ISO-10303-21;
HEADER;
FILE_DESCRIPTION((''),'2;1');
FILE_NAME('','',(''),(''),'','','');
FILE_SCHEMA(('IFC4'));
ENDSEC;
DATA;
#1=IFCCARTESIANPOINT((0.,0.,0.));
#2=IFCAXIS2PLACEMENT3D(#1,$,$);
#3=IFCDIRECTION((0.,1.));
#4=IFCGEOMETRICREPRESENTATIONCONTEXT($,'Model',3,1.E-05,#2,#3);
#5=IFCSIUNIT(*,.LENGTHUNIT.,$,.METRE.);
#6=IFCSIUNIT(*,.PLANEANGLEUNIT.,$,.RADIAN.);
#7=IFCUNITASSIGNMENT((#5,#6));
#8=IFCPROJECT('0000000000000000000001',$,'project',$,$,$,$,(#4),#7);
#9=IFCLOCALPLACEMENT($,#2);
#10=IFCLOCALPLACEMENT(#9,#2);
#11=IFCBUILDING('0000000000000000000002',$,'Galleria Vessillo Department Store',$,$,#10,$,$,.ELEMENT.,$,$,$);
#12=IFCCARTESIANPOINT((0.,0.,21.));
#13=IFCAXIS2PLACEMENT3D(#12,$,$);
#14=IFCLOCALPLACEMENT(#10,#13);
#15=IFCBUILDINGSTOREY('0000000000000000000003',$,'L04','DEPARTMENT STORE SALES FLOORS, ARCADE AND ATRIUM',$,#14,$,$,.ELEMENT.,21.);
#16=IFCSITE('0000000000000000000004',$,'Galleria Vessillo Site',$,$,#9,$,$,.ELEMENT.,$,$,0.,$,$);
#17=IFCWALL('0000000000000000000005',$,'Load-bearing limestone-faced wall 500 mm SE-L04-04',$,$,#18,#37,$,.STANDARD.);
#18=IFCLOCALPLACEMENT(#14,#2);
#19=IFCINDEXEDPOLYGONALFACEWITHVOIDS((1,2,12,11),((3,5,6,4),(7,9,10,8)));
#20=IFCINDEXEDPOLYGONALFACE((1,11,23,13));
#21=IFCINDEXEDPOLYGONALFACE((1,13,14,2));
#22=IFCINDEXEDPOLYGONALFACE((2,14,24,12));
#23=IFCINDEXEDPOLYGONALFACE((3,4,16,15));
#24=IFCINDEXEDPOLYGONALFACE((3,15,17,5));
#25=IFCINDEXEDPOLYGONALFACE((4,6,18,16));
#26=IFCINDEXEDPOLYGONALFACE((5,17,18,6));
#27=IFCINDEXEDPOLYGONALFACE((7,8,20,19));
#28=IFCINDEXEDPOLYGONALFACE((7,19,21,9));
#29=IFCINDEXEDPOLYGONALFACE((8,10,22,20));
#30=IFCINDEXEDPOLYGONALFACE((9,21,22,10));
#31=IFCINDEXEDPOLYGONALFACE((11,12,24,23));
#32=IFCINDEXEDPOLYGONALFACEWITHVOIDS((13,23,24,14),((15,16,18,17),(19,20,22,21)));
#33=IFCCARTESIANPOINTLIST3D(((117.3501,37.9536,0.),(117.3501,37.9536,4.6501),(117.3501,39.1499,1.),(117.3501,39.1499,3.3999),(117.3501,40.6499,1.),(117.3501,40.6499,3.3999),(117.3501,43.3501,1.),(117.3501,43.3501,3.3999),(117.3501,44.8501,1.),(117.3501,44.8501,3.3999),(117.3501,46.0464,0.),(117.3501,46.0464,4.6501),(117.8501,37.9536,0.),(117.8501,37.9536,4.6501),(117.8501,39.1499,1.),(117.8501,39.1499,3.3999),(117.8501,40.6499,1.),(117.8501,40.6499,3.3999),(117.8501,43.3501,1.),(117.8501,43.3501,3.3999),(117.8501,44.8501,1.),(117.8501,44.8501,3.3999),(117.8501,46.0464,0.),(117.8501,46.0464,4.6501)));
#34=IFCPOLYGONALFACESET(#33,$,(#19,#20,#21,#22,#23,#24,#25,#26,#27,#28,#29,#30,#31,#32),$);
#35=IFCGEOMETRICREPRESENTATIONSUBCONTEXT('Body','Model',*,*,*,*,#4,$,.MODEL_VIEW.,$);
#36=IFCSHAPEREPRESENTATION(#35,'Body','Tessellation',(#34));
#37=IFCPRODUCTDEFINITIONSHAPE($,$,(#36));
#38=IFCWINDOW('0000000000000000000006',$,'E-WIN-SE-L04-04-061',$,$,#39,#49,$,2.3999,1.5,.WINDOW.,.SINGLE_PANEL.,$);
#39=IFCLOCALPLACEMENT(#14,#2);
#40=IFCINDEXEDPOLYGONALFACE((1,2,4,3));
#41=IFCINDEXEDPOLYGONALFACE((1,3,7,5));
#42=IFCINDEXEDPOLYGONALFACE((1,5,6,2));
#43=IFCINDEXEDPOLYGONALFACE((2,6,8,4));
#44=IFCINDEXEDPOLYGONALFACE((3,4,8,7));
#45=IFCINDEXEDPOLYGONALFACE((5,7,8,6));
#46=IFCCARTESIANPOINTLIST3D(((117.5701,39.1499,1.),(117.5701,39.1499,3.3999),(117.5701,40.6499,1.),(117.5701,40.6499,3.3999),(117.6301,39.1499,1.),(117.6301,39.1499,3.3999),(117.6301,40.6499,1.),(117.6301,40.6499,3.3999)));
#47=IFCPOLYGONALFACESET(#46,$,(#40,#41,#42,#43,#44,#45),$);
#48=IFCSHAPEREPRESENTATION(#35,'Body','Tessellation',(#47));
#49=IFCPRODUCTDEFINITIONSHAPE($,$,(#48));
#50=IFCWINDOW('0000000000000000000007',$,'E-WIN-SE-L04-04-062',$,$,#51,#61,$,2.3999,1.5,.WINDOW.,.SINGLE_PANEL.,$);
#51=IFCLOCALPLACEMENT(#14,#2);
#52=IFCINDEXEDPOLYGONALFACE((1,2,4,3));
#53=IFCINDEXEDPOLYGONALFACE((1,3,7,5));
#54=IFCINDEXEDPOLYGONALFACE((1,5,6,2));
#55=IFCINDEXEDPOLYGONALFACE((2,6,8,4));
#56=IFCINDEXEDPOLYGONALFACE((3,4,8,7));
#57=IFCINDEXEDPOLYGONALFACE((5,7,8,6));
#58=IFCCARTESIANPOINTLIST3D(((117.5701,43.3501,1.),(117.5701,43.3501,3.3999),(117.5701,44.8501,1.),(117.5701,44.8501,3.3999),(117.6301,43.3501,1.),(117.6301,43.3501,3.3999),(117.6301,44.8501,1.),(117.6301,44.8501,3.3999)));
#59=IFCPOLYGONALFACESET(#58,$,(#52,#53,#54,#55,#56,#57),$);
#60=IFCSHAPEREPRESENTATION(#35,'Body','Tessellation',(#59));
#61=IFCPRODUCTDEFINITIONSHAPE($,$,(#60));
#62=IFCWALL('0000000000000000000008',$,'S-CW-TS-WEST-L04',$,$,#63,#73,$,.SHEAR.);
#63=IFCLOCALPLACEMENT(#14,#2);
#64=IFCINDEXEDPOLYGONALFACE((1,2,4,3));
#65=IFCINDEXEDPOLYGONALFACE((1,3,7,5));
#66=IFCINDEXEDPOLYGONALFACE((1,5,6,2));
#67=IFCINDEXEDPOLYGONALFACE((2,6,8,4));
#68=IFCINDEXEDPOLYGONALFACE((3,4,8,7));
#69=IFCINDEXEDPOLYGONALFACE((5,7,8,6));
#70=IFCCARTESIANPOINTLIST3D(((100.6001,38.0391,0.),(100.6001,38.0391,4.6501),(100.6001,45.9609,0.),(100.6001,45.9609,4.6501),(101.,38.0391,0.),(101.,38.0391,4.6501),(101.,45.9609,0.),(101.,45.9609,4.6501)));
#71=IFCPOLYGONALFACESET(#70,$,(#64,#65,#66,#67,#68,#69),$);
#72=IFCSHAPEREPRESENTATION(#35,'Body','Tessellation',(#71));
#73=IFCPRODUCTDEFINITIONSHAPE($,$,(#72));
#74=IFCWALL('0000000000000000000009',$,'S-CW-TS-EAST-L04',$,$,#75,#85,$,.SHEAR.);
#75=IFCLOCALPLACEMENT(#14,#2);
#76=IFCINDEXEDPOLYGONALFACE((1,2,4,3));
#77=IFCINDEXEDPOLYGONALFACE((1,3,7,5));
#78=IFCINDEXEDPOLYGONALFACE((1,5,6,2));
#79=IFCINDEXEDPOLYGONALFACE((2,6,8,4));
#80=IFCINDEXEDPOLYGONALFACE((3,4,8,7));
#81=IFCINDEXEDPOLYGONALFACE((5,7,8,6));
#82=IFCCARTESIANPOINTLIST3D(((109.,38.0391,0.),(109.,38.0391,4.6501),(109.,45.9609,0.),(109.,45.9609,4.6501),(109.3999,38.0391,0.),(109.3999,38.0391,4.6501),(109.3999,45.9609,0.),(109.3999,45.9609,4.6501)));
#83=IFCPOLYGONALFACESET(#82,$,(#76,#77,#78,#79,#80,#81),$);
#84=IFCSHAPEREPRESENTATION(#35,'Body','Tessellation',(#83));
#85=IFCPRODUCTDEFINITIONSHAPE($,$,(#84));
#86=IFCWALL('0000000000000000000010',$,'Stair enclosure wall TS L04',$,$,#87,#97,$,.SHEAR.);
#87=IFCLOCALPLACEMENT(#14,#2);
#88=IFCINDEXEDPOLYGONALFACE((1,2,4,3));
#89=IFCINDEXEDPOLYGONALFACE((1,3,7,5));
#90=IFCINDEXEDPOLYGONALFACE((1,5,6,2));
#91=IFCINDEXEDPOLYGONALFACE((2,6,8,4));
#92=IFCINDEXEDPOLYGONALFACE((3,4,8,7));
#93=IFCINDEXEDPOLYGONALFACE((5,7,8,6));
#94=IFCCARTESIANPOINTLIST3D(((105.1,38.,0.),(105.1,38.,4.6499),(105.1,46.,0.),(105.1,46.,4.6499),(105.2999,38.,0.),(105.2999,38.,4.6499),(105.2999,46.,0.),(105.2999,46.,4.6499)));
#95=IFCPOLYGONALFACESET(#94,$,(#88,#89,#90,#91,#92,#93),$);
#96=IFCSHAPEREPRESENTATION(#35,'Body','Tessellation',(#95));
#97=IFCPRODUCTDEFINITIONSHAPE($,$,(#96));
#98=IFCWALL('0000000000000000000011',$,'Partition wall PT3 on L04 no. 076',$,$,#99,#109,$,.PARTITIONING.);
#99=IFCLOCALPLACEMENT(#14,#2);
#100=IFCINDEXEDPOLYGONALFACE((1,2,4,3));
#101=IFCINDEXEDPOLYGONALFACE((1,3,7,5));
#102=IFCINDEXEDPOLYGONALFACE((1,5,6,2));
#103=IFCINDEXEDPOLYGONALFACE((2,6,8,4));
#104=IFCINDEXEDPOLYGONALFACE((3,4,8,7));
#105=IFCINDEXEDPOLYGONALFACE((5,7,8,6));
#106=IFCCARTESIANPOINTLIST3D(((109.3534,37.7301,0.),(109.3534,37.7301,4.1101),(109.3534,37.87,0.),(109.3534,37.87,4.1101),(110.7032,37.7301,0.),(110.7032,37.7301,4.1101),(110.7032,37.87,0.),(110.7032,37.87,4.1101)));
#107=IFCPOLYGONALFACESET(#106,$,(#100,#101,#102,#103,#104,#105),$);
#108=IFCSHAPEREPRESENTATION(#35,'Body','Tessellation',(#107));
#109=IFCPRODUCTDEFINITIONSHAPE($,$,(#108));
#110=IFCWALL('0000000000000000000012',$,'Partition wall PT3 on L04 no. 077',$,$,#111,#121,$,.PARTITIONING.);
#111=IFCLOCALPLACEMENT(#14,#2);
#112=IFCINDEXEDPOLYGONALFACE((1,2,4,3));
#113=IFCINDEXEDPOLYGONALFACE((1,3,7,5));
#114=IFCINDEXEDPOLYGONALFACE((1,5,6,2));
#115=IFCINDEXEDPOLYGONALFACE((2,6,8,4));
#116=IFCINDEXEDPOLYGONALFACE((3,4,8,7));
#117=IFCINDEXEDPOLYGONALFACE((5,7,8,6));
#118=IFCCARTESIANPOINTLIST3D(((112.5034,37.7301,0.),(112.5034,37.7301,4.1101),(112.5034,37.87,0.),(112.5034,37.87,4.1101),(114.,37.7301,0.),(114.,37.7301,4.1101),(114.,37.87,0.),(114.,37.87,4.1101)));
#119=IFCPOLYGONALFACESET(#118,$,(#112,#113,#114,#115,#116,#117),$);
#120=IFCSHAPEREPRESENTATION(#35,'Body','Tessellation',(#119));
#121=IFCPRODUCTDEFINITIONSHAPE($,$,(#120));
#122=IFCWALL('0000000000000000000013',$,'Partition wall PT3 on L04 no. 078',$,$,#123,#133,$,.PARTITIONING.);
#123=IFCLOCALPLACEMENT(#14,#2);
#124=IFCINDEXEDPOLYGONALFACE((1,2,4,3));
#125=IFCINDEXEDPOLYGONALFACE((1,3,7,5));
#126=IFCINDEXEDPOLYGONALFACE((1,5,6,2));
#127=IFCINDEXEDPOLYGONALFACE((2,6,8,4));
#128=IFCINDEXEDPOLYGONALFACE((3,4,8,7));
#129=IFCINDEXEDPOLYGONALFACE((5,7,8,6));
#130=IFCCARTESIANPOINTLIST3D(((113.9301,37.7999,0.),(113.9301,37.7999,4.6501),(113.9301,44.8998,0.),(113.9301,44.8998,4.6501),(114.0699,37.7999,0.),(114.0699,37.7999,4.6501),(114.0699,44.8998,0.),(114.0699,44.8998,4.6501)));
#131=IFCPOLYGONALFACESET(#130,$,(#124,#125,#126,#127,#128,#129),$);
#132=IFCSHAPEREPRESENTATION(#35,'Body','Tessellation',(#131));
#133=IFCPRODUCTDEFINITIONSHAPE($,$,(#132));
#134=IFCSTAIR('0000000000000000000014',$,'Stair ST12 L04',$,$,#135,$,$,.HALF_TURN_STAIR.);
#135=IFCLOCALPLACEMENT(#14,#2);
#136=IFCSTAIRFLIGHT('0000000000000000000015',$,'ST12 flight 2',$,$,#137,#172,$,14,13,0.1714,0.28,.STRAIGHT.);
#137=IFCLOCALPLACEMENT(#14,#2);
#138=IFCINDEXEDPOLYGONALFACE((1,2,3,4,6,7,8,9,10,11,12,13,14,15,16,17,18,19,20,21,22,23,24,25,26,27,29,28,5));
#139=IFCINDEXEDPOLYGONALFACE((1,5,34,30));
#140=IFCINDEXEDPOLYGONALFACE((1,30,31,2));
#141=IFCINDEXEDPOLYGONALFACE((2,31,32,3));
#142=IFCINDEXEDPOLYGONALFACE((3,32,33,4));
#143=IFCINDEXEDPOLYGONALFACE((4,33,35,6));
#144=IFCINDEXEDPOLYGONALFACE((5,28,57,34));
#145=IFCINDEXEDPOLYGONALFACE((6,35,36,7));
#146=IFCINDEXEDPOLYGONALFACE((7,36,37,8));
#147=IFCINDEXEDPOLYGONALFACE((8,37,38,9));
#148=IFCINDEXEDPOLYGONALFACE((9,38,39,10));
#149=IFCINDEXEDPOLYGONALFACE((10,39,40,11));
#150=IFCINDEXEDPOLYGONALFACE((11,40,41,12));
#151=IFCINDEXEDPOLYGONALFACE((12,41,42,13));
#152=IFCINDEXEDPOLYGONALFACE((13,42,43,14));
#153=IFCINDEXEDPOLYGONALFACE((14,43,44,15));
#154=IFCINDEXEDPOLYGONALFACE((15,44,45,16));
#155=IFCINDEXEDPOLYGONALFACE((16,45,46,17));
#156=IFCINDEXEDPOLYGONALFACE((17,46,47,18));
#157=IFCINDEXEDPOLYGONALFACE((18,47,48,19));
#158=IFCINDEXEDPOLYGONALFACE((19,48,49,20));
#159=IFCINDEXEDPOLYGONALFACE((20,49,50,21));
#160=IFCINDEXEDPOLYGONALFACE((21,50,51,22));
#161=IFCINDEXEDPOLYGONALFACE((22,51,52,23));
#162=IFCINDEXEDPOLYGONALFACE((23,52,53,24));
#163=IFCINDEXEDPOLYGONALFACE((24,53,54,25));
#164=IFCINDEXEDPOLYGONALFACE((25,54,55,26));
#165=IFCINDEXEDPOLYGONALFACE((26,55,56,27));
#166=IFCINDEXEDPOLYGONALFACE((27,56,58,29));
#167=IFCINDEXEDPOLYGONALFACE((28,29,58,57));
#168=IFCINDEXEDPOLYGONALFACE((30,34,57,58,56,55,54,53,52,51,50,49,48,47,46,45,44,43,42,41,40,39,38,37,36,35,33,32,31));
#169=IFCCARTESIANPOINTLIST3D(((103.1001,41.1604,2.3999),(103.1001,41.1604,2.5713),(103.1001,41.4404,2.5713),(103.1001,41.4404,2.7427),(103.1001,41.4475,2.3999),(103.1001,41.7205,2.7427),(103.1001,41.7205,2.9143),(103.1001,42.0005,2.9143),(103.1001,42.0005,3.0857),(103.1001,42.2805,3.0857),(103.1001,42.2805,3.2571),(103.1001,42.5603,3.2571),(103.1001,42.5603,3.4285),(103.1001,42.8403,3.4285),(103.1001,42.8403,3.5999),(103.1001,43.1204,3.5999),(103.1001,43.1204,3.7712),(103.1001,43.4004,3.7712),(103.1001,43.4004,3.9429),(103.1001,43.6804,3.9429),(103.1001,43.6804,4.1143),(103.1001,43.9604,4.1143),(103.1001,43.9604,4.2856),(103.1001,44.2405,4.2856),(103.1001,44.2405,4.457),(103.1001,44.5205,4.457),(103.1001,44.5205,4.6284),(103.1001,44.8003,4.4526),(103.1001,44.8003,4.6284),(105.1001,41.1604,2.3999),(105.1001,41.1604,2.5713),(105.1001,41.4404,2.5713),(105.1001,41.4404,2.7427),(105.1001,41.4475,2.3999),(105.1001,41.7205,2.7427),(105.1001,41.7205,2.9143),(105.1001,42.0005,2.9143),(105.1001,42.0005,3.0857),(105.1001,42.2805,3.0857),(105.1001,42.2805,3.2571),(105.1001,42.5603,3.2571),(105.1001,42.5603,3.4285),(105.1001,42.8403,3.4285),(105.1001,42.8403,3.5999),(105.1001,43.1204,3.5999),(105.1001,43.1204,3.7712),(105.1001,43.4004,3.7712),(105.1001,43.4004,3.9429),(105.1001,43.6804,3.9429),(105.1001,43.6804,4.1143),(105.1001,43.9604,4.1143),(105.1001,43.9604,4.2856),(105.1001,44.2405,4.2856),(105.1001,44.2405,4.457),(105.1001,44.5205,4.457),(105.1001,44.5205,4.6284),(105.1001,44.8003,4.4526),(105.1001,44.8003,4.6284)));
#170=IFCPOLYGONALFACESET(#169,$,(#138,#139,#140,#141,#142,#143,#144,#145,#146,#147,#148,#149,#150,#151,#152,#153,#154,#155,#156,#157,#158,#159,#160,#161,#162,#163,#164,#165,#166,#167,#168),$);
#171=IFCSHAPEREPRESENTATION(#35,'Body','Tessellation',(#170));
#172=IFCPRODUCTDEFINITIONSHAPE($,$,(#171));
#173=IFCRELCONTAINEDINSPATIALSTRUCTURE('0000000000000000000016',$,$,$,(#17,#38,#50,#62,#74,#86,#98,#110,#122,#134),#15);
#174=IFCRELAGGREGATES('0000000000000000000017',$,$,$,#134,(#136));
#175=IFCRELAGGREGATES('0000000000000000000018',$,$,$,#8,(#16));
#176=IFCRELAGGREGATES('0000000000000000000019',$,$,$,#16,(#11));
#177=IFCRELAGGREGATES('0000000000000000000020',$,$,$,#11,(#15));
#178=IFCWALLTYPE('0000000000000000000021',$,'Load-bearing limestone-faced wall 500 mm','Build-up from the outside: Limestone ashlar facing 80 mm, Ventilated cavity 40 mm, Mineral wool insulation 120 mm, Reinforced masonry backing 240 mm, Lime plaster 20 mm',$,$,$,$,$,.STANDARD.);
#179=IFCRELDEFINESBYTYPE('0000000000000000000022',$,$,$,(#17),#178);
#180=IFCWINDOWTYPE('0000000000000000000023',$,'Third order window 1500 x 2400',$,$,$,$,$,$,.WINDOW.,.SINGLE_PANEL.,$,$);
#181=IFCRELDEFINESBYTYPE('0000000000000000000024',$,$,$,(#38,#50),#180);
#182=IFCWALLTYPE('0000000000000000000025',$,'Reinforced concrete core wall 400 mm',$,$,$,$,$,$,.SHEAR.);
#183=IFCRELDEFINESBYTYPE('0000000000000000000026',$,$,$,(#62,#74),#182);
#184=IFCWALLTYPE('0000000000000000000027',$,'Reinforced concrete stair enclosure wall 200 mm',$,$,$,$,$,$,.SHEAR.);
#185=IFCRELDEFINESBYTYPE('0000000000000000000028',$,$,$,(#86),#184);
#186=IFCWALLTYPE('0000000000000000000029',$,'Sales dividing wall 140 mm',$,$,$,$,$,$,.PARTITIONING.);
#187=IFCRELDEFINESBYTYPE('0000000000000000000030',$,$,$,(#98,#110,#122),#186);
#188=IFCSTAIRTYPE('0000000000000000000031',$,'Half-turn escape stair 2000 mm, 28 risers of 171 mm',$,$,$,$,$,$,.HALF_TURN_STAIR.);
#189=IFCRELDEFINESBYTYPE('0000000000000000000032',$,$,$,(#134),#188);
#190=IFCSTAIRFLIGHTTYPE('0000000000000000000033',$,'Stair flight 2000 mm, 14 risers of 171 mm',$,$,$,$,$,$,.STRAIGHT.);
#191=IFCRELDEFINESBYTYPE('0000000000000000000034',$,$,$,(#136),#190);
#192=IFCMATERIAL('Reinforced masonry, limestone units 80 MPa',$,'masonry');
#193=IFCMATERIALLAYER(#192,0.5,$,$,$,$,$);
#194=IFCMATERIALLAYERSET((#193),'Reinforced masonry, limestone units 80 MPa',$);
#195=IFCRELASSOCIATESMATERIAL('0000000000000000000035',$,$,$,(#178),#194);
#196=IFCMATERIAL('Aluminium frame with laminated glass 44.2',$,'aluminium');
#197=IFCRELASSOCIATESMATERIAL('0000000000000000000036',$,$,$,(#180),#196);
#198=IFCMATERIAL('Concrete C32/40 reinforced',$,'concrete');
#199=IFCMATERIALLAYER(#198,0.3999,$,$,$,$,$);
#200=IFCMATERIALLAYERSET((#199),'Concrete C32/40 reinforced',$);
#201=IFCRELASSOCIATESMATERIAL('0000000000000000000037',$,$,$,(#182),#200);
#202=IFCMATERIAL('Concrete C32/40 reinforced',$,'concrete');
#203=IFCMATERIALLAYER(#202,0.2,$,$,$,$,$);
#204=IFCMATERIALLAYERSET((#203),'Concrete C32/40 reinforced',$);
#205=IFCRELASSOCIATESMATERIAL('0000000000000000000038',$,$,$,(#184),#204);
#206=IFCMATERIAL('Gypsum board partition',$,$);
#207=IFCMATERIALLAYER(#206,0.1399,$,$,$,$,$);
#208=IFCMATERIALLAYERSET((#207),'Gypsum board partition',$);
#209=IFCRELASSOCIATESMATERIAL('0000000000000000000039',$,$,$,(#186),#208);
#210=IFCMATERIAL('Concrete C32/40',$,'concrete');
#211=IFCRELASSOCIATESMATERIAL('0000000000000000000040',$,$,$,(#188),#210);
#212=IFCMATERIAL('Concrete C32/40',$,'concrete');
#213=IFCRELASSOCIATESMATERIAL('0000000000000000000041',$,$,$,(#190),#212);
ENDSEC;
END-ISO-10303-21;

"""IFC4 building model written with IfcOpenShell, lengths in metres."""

from ifc_helpers import new_model, si_unit, direction, frame, frame_2d, origin, place, context, subcontext, project, spatial, polyline, rectangle, outline, extrude, material, layer, layer_set, type_object, element, fill, aggregate, save


model = new_model("IFC4")

# Units and contexts
model_context = context("Model", 3, precision=1e-05, world=origin(), true_north=direction((0.0, 1.0)))
body_context = subcontext(model_context, "Body", "Model", "MODEL_VIEW")
ifc_project = project(units=[si_unit("LENGTHUNIT", "METRE"), si_unit("PLANEANGLEUNIT", "RADIAN")], contexts=[model_context])

# Site, building, storey
site_placement = place(None, origin())
site = spatial("IfcSite", under=ifc_project, at=site_placement, Name="Galleria Vessillo Site", CompositionType="ELEMENT", RefElevation=0.0)
building_placement = place(site_placement, origin())
building = spatial("IfcBuilding", under=site, at=building_placement, Name="Galleria Vessillo Department Store", CompositionType="ELEMENT")
storey_placement = place(building_placement, frame((0.0, 0.0, 21.0)))
storey = spatial("IfcBuildingStorey", under=building, at=storey_placement, Name="L04", Description="DEPARTMENT STORE SALES FLOORS, ARCADE AND ATRIUM", CompositionType="ELEMENT", Elevation=21.0)

# Wall, openings, windows
ifc_material_1 = material(Name="Reinforced masonry, limestone units 80 MPa", Category="masonry")
ifc_layer_1 = layer(ifc_material_1, 0.5)
ifc_layer_set_1 = layer_set([ifc_layer_1], Name="Reinforced masonry, limestone units 80 MPa")
wall_type_1 = type_object("IfcWallType", Name="Load-bearing limestone-faced wall 500 mm", Description="Build-up from the outside: Limestone ashlar facing 80 mm, Ventilated cavity 40 mm, Mineral wool insulation 120 mm, Reinforced masonry backing 240 mm, Lime plaster 20 mm", PredefinedType="STANDARD", material=ifc_layer_set_1)
wall_1_placement = place(storey_placement, frame((117.6001, 37.9536, 0.0), z_axis=(0.0, 0.0, 1.0), x_axis=(0.0, 1.0, 0.0)))
wall_1 = element("IfcWall", 1, at=wall_1_placement, inside=storey, type_object=wall_type_1, Name="Load-bearing limestone-faced wall 500 mm SE-L04-04", PredefinedType="STANDARD", context=body_context, shape_type="SweptSolid", body=[
    extrude(rectangle(XDim=8.0928, YDim=0.5, at=frame_2d((4.0464, 0.0))), origin(), (0.0, 0.0, 1.0), 4.6501),
])
opening_1_placement = place(wall_1_placement, frame((1.1963, 0.0, 1.0)))
opening_1 = element("IfcOpeningElement", 2, at=opening_1_placement, cuts=wall_1, PredefinedType="OPENING", context=body_context, shape_type="SweptSolid", body=[
    extrude(rectangle(XDim=1.5, YDim=2.3999, at=frame_2d((0.75, 1.2))), frame((0.0, 0.26, 0.0), z_axis=(0.0, -1.0, 0.0), x_axis=(1.0, 0.0, 0.0)), (0.0, 0.0, 1.0), 0.52),
])
opening_2_placement = place(wall_1_placement, frame((5.3965, 0.0, 1.0)))
opening_2 = element("IfcOpeningElement", 3, at=opening_2_placement, cuts=wall_1, PredefinedType="OPENING", context=body_context, shape_type="SweptSolid", body=[
    extrude(rectangle(XDim=1.5, YDim=2.3999, at=frame_2d((0.75, 1.2))), frame((0.0, 0.26, 0.0), z_axis=(0.0, -1.0, 0.0), x_axis=(1.0, 0.0, 0.0)), (0.0, 0.0, 1.0), 0.52),
])
ifc_material_2 = material(Name="Aluminium frame with laminated glass 44.2", Category="aluminium")
window_type = type_object("IfcWindowType", Name="Third order window 1500 x 2400", PartitioningType="SINGLE_PANEL", PredefinedType="WINDOW", material=ifc_material_2)
window_1_placement = place(opening_1_placement, origin())
window_1 = element("IfcWindow", 4, at=window_1_placement, inside=storey, type_object=window_type, Name="E-WIN-SE-L04-04-061", OverallHeight=2.3999, OverallWidth=1.5, PartitioningType="SINGLE_PANEL", PredefinedType="WINDOW", context=body_context, shape_type="SweptSolid", body=[
    extrude(rectangle(XDim=1.5, YDim=2.3999, at=frame_2d((0.75, 1.2))), frame((0.0, 0.03, 0.0), z_axis=(0.0, -1.0, 0.0), x_axis=(1.0, 0.0, 0.0)), (0.0, 0.0, 1.0), 0.0601),
])
fill(opening_1, window_1)
window_2_placement = place(opening_2_placement, origin())
window_2 = element("IfcWindow", 5, at=window_2_placement, inside=storey, type_object=window_type, Name="E-WIN-SE-L04-04-062", OverallHeight=2.3999, OverallWidth=1.5, PartitioningType="SINGLE_PANEL", PredefinedType="WINDOW", context=body_context, shape_type="SweptSolid", body=[
    extrude(rectangle(XDim=1.5, YDim=2.3999, at=frame_2d((0.75, 1.2))), frame((0.0, 0.03, 0.0), z_axis=(0.0, -1.0, 0.0), x_axis=(1.0, 0.0, 0.0)), (0.0, 0.0, 1.0), 0.0601),
])
fill(opening_2, window_2)

# Walls
ifc_material_3 = material(Name="Concrete C32/40 reinforced", Category="concrete")
ifc_layer_2 = layer(ifc_material_3, 0.3999)
ifc_layer_set_2 = layer_set([ifc_layer_2], Name="Concrete C32/40 reinforced")
wall_type_2 = type_object("IfcWallType", Name="Reinforced concrete core wall 400 mm", PredefinedType="SHEAR", material=ifc_layer_set_2)
for number, where, z_axis, x_axis, name in (
    (6, (100.8, 38.0391, 0.0), (0.0, 0.0, 1.0), (0.0, 1.0, 0.0), "S-CW-TS-WEST-L04"),
    (7, (109.2, 38.0391, 0.0), (0.0, 0.0, 1.0), (0.0, 1.0, 0.0), "S-CW-TS-EAST-L04"),
):
    element("IfcWall", number, at=place(storey_placement, frame(where, z_axis=z_axis, x_axis=x_axis)), inside=storey, type_object=wall_type_2, Name=name, PredefinedType="SHEAR", context=body_context, shape_type="SweptSolid", body=[
        extrude(rectangle(XDim=7.9219, YDim=0.3999, at=frame_2d((3.9609, 0.0))), origin(), (0.0, 0.0, 1.0), 4.6501),
    ])
ifc_material_4 = material(Name="Concrete C32/40 reinforced", Category="concrete")
ifc_layer_3 = layer(ifc_material_4, 0.2)
ifc_layer_set_3 = layer_set([ifc_layer_3], Name="Concrete C32/40 reinforced")
wall_type_3 = type_object("IfcWallType", Name="Reinforced concrete stair enclosure wall 200 mm", PredefinedType="SHEAR", material=ifc_layer_set_3)
wall_2_placement = place(storey_placement, frame((105.2, 38.0, 0.0), z_axis=(0.0, 0.0, 1.0), x_axis=(0.0, 1.0, 0.0)))
element("IfcWall", 8, at=wall_2_placement, inside=storey, type_object=wall_type_3, Name="Stair enclosure wall TS L04", PredefinedType="SHEAR", context=body_context, shape_type="SweptSolid", body=[
    extrude(rectangle(XDim=8.0, YDim=0.2, at=frame_2d((4.0, 0.0))), origin(), (0.0, 0.0, 1.0), 4.6499),
])
ifc_material_5 = material(Name="Gypsum board partition")
ifc_layer_4 = layer(ifc_material_5, 0.1399)
ifc_layer_set_4 = layer_set([ifc_layer_4], Name="Gypsum board partition")
wall_type_4 = type_object("IfcWallType", Name="Sales dividing wall 140 mm", PredefinedType="PARTITIONING", material=ifc_layer_set_4)
wall_3_placement = place(storey_placement, frame((109.3535, 37.8, 0.0), z_axis=(0.0, 0.0, 1.0), x_axis=(1.0, 0.0, 0.0)))
element("IfcWall", 9, at=wall_3_placement, inside=storey, type_object=wall_type_4, Name="Partition wall PT3 on L04 no. 076", PredefinedType="PARTITIONING", context=body_context, shape_type="SweptSolid", body=[
    extrude(rectangle(XDim=1.3499, YDim=0.1399, at=frame_2d((0.6748, 0.0))), origin(), (0.0, 0.0, 1.0), 4.1101),
])
wall_4_placement = place(storey_placement, frame((112.5034, 37.8, 0.0), z_axis=(0.0, 0.0, 1.0), x_axis=(1.0, 0.0, 0.0)))
element("IfcWall", 10, at=wall_4_placement, inside=storey, type_object=wall_type_4, Name="Partition wall PT3 on L04 no. 077", PredefinedType="PARTITIONING", context=body_context, shape_type="SweptSolid", body=[
    extrude(rectangle(XDim=1.4966, YDim=0.1399, at=frame_2d((0.7483, 0.0))), origin(), (0.0, 0.0, 1.0), 4.1101),
])
wall_5_placement = place(storey_placement, frame((114.0, 37.8, 0.0), z_axis=(0.0, 0.0, 1.0), x_axis=(0.0, 1.0, 0.0)))
element("IfcWall", 11, at=wall_5_placement, inside=storey, type_object=wall_type_4, Name="Partition wall PT3 on L04 no. 078", PredefinedType="PARTITIONING", context=body_context, shape_type="SweptSolid", body=[
    extrude(rectangle(XDim=7.0999, YDim=0.1399, at=frame_2d((3.5498, 0.0))), origin(), (0.0, 0.0, 1.0), 4.6501),
])

# Stair, stair flight
ifc_material_6 = material(Name="Concrete C32/40", Category="concrete")
stair_type = type_object("IfcStairType", Name="Half-turn escape stair 2000 mm, 28 risers of 171 mm", PredefinedType="HALF_TURN_STAIR", material=ifc_material_6)
stair_placement = place(storey_placement, origin())
stair = element("IfcStair", 12, at=stair_placement, inside=storey, type_object=stair_type, Name="Stair ST12 L04", PredefinedType="HALF_TURN_STAIR")
ifc_material_7 = material(Name="Concrete C32/40", Category="concrete")
stair_flight_type = type_object("IfcStairFlightType", Name="Stair flight 2000 mm, 14 risers of 171 mm", PredefinedType="STRAIGHT", material=ifc_material_7)
stair_flight_placement = place(storey_placement, frame((104.1001, 41.1604, 2.3999), z_axis=(0.0, 0.0, 1.0), x_axis=(0.0, 1.0, 0.0)))
stair_flight = element("IfcStairFlight", 13, at=stair_flight_placement, type_object=stair_flight_type, Name="ST12 flight 2", NumberOfRisers=14, NumberOfTreads=13, PredefinedType="STRAIGHT", RiserHeight=0.1714, TreadLength=0.28, context=body_context, shape_type="SweptSolid", body=[
    extrude(outline(polyline([(0.0, 0.0), (0.0, 0.1714), (0.28, 0.1714), (0.28, 0.3428), (0.5601, 0.3428), (0.5601, 0.5144), (0.8401, 0.5144), (0.8401, 0.6858), (1.1201, 0.6858), (1.1201, 0.8572), (1.3999, 0.8572), (1.3999, 1.0286), (1.6799, 1.0286), (1.6799, 1.2), (1.96, 1.2), (1.96, 1.3713), (2.24, 1.3713), (2.24, 1.543), (2.52, 1.543), (2.52, 1.7144), (2.8, 1.7144), (2.8, 1.8857), (3.0801, 1.8857), (3.0801, 2.0571), (3.3601, 2.0571), (3.3601, 2.2285), (3.6399, 2.2285), (3.6399, 2.3999), (3.6399, 2.0527), (0.2871, 0.0), (0.0, 0.0)])), frame((0.0, 1.0, 0.0), z_axis=(0.0, -1.0, 0.0), x_axis=(1.0, 0.0, 0.0)), (0.0, 0.0, 1.0), 2.0),
])
aggregate(stair, [stair_flight])

save(model, "model.ifc")
